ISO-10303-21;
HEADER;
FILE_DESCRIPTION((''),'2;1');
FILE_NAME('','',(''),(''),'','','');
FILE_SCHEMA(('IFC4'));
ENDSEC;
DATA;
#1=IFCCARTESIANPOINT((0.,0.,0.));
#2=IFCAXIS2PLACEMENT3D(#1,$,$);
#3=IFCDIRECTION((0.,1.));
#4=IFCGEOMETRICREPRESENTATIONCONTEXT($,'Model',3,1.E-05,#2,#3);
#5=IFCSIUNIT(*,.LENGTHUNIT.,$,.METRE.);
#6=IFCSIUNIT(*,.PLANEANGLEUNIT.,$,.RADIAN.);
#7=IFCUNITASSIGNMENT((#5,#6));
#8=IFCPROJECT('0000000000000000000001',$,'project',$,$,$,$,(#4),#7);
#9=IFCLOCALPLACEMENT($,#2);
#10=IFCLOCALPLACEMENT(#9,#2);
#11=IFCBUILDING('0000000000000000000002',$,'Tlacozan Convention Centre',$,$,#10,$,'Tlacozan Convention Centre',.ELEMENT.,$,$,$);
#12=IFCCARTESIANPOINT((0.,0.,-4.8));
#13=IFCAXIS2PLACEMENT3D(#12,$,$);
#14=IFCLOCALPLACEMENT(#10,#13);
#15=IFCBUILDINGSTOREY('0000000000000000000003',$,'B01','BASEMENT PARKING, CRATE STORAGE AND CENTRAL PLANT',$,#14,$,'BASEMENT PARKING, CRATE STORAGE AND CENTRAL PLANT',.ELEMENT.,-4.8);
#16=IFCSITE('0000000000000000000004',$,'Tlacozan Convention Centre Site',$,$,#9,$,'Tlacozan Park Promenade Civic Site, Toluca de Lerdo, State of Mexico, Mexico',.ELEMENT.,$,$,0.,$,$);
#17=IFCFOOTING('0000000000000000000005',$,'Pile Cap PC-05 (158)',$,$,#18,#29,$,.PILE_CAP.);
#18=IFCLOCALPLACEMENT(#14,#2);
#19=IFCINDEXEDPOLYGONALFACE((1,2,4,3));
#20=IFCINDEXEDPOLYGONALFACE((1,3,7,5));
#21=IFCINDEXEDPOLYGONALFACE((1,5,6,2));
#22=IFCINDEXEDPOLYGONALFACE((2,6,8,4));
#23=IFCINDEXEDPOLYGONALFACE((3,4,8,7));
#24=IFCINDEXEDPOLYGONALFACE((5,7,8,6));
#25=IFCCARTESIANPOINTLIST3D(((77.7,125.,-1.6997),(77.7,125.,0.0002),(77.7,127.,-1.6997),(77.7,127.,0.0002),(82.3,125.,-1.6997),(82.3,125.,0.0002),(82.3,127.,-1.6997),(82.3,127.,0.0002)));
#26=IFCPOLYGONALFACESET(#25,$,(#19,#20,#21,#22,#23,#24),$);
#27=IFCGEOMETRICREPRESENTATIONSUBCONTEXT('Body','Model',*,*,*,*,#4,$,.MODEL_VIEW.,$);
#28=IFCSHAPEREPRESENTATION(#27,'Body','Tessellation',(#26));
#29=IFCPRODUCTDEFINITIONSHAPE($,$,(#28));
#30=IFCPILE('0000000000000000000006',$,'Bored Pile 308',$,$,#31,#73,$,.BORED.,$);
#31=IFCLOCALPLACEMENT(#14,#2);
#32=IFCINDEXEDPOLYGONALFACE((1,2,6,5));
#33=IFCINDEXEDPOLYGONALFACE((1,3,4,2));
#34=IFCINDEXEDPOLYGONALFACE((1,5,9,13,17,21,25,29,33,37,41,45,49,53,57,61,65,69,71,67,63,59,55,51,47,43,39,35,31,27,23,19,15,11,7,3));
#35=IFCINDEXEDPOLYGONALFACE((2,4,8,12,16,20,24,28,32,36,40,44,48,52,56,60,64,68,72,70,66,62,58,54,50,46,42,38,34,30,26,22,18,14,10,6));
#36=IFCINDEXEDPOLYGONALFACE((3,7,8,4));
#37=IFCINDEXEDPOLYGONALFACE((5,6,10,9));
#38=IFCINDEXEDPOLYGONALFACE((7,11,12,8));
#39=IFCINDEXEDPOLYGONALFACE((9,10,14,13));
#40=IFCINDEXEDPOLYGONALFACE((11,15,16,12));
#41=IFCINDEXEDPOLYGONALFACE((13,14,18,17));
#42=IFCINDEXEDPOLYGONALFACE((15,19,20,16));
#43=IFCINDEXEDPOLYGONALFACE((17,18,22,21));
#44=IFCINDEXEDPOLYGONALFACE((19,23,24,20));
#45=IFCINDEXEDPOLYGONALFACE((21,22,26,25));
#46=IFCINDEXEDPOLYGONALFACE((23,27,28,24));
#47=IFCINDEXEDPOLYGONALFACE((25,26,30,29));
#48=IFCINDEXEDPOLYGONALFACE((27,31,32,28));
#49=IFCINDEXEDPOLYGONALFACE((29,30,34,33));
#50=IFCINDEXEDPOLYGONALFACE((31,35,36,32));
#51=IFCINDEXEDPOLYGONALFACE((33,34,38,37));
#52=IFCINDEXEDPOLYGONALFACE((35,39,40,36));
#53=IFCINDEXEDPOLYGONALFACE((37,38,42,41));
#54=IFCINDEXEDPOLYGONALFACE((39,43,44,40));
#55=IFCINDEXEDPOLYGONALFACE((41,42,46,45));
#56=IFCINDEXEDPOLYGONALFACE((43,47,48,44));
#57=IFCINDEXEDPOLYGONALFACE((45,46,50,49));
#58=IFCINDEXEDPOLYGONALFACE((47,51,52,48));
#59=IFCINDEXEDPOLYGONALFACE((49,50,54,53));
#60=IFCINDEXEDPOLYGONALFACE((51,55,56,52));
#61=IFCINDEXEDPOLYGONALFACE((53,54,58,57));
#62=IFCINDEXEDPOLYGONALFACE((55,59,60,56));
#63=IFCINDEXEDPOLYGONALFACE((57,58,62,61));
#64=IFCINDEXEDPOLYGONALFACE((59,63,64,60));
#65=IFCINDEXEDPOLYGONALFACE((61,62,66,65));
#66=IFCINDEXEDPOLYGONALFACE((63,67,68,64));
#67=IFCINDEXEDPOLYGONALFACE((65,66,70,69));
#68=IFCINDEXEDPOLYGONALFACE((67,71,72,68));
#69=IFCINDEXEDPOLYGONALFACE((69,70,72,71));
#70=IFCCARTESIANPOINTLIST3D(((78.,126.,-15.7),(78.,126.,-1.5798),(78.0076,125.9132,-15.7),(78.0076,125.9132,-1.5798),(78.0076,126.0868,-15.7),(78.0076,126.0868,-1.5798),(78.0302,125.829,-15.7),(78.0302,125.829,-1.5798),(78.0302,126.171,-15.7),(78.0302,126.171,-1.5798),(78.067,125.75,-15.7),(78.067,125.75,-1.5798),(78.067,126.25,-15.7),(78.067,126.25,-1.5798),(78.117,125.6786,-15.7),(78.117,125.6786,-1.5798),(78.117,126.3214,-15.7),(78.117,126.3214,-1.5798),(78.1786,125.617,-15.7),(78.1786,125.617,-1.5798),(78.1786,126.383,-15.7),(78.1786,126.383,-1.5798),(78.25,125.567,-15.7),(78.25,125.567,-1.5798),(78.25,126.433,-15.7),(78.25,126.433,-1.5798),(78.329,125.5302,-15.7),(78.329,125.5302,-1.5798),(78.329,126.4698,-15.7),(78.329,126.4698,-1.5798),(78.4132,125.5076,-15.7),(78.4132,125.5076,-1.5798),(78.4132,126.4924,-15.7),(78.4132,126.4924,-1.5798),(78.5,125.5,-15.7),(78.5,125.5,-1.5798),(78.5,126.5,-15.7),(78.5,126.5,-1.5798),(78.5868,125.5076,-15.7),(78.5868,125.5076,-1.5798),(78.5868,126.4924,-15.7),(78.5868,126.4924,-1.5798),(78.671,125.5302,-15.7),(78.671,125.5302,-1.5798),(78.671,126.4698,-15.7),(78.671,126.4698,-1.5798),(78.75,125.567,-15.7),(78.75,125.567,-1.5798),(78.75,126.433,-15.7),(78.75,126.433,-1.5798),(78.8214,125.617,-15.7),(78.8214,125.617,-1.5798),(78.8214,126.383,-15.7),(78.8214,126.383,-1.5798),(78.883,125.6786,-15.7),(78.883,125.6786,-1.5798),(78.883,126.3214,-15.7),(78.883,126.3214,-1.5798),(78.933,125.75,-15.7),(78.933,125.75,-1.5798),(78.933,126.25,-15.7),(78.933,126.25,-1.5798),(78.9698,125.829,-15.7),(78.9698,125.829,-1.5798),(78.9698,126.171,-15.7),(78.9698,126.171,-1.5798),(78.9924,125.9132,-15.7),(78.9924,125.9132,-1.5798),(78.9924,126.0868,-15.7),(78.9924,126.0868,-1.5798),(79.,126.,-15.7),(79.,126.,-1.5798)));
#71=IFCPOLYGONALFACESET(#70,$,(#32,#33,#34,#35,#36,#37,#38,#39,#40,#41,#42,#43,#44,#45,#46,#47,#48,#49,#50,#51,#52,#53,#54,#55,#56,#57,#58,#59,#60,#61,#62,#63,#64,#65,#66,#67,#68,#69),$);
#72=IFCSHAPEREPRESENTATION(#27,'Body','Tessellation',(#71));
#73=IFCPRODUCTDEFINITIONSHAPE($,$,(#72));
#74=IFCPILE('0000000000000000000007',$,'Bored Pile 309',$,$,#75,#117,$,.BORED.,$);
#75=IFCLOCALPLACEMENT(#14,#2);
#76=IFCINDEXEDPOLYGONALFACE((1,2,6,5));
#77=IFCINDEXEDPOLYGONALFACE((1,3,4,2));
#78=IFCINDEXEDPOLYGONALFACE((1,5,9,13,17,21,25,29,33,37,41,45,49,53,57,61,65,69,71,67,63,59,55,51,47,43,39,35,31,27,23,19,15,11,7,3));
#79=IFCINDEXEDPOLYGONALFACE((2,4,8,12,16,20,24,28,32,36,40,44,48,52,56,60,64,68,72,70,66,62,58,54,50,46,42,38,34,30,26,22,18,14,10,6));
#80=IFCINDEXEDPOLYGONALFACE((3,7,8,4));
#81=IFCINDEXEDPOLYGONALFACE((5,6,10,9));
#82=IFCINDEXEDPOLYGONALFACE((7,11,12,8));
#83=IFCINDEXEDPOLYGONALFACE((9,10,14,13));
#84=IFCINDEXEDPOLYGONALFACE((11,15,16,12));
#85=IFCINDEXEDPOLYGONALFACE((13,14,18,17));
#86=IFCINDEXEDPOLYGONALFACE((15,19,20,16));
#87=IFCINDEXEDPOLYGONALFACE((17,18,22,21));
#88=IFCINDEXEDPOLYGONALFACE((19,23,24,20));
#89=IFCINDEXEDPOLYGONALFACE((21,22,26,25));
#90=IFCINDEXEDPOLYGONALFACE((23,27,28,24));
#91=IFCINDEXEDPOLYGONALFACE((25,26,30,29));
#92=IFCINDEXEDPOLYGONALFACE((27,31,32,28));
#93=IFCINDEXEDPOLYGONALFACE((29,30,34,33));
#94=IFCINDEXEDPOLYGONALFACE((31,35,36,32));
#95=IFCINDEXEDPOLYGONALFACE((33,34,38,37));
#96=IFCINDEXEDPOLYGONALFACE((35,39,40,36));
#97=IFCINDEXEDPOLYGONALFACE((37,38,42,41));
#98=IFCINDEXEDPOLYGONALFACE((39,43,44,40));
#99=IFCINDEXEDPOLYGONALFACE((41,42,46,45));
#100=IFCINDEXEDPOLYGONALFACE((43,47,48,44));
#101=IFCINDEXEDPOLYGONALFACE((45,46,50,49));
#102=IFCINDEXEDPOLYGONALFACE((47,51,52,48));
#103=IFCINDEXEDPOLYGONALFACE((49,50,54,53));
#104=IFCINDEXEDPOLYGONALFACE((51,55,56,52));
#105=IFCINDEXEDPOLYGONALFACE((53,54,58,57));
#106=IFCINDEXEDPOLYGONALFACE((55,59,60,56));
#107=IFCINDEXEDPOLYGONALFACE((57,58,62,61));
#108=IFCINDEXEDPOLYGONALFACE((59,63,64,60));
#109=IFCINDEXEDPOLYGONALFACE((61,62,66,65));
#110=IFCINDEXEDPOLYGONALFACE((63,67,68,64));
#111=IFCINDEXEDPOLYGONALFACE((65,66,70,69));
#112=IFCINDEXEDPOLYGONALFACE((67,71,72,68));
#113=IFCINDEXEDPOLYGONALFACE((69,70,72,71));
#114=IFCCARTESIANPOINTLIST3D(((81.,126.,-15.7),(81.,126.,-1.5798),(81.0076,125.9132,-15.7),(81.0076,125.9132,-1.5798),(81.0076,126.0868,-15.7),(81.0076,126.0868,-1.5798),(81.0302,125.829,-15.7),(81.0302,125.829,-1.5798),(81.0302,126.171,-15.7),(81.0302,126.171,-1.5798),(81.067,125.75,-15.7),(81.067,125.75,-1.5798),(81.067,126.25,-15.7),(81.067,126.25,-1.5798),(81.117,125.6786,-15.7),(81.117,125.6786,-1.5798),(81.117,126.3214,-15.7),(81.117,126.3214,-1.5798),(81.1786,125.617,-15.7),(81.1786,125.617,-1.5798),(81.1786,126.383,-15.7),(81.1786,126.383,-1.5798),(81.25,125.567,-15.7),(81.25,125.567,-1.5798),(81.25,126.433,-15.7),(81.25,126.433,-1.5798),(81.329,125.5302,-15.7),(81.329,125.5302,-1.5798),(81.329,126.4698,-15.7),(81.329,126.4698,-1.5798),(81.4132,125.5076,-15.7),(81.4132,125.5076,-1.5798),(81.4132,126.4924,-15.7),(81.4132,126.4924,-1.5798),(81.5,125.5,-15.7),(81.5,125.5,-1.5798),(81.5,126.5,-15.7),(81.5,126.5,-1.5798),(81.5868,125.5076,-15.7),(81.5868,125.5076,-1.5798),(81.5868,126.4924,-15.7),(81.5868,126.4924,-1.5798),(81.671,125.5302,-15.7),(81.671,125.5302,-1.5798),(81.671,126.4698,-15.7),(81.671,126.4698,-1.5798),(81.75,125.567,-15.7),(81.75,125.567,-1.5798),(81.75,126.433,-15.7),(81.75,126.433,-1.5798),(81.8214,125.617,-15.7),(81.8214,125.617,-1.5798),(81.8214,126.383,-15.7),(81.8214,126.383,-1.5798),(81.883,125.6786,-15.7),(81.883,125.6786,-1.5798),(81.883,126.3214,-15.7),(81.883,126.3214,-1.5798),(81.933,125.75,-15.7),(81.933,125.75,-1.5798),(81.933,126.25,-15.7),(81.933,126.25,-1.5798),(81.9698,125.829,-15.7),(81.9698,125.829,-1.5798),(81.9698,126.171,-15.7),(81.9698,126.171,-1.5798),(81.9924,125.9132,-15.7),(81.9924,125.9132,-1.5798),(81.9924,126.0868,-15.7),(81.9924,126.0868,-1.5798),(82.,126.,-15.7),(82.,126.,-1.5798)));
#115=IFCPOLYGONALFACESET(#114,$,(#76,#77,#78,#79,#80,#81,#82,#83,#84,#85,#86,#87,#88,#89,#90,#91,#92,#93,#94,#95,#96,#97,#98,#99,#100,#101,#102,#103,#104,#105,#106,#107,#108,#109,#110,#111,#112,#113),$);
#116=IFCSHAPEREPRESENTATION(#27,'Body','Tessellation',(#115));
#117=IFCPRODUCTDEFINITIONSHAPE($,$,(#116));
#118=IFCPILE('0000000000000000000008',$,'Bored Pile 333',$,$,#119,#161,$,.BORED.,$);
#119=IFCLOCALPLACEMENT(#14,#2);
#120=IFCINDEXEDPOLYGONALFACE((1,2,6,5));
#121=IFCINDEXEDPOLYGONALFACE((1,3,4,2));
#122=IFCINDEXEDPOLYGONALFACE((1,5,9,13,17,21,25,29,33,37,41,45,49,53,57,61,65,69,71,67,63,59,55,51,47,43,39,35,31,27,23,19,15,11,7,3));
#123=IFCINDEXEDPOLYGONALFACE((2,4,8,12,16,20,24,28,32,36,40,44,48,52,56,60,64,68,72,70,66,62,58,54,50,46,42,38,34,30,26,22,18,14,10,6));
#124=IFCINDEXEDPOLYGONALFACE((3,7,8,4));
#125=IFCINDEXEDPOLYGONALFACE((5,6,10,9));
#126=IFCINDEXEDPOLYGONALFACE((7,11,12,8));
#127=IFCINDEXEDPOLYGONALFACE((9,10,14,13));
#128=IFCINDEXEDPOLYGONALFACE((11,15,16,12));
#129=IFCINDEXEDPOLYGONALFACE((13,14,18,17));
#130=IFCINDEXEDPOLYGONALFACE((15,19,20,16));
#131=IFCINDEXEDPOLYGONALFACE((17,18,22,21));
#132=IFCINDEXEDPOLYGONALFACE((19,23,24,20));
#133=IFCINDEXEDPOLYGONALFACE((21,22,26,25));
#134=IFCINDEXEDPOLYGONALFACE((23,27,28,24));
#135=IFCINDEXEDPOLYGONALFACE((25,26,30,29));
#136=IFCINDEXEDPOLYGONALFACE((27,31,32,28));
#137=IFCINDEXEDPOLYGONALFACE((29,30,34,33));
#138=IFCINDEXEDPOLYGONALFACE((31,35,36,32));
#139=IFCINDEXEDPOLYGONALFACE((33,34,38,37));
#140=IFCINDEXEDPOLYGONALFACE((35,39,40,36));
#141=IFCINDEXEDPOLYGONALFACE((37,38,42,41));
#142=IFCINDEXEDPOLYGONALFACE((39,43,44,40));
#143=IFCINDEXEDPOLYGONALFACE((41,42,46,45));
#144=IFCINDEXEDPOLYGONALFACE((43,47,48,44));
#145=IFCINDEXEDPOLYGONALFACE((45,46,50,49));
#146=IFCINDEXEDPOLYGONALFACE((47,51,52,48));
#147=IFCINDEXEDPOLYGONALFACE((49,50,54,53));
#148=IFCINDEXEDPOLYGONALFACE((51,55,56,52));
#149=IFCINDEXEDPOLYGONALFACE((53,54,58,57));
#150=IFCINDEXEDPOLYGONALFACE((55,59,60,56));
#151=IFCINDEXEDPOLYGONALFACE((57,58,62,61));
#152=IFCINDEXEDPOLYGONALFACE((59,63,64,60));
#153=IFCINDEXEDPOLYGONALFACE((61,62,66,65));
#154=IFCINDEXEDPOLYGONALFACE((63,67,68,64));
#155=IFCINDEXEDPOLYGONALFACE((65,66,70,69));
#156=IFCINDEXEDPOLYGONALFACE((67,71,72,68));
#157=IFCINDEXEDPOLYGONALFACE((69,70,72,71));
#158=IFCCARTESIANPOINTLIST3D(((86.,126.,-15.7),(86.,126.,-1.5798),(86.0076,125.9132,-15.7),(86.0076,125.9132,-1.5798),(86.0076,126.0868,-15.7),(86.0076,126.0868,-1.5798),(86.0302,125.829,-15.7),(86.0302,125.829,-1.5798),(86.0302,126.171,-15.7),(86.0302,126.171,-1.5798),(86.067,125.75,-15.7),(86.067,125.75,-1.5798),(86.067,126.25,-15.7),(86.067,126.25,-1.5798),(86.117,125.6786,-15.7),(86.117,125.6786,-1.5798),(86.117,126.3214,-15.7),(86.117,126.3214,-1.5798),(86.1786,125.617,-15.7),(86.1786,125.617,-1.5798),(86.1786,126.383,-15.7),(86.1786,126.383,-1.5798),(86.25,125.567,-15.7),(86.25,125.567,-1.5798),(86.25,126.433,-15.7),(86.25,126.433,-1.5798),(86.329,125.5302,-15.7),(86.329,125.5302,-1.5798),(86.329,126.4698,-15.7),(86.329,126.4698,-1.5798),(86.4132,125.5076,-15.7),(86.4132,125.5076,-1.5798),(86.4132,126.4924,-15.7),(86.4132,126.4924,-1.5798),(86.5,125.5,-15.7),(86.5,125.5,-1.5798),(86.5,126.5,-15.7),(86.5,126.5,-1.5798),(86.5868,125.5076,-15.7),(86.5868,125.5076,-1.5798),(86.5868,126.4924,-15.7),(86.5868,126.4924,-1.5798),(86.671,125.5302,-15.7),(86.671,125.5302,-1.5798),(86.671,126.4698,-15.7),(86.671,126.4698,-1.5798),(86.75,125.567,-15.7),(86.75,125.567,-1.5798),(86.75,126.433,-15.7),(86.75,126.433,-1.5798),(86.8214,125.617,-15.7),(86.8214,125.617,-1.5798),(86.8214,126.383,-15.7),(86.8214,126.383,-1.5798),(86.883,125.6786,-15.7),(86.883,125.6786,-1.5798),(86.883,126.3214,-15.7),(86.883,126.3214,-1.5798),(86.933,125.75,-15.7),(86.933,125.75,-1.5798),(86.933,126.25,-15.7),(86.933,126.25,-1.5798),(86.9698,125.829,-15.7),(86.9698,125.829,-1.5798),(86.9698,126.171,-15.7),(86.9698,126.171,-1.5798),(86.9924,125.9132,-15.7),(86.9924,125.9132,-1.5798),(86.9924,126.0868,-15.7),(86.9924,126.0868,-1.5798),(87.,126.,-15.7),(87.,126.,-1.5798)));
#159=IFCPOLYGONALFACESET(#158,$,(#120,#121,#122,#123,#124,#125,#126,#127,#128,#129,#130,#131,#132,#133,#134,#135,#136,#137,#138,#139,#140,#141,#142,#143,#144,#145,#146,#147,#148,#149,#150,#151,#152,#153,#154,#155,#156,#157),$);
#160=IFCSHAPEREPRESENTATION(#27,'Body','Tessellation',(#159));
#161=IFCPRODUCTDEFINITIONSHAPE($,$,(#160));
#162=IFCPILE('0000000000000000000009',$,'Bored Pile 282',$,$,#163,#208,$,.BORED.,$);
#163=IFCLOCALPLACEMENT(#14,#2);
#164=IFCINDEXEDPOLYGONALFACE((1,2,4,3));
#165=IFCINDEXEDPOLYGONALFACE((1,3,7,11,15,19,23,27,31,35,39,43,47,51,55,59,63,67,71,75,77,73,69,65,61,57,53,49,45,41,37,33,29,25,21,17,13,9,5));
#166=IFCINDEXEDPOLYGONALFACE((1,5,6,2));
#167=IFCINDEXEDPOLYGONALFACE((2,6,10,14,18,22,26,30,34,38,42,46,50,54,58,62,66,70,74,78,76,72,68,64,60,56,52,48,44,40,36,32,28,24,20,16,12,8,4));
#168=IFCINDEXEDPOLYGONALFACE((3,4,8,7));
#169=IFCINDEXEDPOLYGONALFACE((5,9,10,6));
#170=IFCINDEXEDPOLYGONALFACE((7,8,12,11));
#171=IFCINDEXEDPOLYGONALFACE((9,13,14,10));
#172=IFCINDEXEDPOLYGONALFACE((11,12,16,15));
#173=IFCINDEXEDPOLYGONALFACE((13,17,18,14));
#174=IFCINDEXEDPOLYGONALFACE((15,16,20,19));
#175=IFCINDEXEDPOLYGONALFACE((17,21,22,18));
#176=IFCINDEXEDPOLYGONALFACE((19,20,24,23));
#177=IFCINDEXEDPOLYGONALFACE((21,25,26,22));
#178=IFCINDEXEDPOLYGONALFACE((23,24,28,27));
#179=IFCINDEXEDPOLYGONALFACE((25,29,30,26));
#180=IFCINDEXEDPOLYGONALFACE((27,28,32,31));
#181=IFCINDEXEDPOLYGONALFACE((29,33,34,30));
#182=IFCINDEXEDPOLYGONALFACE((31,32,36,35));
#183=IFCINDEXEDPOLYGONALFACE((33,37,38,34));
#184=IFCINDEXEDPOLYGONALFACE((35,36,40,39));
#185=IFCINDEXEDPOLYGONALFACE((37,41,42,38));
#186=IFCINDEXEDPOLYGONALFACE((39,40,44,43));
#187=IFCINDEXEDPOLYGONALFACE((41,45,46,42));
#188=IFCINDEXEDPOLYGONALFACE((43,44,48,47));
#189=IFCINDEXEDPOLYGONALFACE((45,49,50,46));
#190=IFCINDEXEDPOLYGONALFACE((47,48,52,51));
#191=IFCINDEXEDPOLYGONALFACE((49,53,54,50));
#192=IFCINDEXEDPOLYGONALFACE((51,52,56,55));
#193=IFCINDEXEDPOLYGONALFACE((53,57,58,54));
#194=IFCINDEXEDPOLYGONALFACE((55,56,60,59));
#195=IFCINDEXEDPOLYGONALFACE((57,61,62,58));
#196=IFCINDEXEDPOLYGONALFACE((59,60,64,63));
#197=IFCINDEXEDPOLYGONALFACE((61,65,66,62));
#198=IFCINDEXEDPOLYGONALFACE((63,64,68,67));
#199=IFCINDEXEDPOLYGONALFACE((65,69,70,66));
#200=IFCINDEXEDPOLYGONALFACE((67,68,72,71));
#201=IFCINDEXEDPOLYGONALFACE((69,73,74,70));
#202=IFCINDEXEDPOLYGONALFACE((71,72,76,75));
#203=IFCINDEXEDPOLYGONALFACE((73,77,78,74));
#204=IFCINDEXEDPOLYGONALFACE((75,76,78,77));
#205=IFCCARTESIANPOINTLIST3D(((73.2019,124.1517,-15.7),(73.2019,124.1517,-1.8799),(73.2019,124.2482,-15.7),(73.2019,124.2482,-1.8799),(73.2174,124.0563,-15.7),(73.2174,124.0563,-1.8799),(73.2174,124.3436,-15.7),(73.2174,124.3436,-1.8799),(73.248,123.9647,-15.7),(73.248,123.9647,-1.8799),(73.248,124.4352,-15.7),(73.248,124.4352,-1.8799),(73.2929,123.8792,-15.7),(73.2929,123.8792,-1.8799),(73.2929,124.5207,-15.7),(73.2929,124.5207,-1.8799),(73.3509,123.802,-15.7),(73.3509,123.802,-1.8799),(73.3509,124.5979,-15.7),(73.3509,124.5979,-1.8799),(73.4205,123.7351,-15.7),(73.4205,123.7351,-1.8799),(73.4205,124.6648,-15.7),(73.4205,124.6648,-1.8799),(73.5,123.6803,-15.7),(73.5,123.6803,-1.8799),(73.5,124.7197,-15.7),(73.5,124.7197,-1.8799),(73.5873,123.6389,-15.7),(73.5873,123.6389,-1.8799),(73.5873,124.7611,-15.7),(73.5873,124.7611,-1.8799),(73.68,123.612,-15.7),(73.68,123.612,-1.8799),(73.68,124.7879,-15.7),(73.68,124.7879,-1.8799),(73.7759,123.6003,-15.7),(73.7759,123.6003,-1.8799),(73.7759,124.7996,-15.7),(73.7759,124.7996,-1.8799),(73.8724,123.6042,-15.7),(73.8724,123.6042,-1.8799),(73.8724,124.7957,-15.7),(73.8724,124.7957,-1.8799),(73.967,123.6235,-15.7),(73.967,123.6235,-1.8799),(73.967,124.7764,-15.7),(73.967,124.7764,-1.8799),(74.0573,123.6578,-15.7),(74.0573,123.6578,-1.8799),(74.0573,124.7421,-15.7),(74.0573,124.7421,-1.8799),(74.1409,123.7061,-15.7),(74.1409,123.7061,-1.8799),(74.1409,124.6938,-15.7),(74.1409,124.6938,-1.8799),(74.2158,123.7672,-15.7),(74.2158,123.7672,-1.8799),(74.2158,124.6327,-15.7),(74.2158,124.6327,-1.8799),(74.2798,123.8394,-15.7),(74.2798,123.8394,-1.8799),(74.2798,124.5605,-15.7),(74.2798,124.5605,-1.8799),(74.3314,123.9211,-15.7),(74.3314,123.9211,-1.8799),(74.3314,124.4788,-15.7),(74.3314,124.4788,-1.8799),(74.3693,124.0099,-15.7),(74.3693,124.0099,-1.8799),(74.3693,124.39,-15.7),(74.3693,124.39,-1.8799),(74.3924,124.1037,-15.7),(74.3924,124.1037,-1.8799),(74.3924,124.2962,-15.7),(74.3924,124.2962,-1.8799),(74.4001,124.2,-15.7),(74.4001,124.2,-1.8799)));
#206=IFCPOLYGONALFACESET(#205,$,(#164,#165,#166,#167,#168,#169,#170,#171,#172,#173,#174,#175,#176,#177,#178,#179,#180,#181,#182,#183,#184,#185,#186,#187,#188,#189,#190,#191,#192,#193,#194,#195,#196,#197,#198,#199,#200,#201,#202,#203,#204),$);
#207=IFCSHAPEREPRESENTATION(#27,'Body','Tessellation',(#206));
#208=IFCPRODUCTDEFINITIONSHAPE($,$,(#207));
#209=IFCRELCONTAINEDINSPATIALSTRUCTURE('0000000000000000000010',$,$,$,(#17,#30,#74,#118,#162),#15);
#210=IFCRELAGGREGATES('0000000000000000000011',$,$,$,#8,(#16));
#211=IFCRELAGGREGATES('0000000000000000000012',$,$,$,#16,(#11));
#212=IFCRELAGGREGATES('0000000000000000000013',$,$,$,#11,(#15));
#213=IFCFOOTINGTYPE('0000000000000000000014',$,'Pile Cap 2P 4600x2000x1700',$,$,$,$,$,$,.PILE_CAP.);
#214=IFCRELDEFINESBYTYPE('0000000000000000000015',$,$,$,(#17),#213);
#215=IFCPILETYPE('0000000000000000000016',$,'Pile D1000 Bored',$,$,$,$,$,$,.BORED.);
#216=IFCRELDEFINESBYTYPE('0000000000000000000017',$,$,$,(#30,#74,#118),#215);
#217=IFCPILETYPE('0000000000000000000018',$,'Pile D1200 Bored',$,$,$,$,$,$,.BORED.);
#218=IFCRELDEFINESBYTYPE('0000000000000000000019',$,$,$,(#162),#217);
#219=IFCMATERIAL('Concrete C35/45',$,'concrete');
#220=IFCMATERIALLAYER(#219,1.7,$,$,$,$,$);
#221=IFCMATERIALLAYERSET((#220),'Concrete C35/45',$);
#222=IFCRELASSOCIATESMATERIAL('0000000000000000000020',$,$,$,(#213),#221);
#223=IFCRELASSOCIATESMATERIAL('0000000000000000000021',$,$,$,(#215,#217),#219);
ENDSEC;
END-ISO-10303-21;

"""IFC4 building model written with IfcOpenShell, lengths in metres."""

from ifc_helpers import new_model, si_unit, direction, frame, origin, origin_2d, place, context, subcontext, project, spatial, rectangle, circle, extrude, material, layer, layer_set, material_profile, profile_set, type_object, element, save


model = new_model("IFC4")

# Units and contexts
model_context = context("Model", 3, precision=1e-05, world=origin(), true_north=direction((0.0, 1.0)))
body_context = subcontext(model_context, "Body", "Model", "MODEL_VIEW")
ifc_project = project(units=[si_unit("LENGTHUNIT", "METRE"), si_unit("PLANEANGLEUNIT", "RADIAN")], contexts=[model_context])

# Site, building, storey
site_placement = place(None, origin())
site = spatial("IfcSite", under=ifc_project, at=site_placement, Name="Tlacozan Convention Centre Site", LongName="Tlacozan Park Promenade Civic Site, Toluca de Lerdo, State of Mexico, Mexico", CompositionType="ELEMENT", RefElevation=0.0)
building_placement = place(site_placement, origin())
building = spatial("IfcBuilding", under=site, at=building_placement, Name="Tlacozan Convention Centre", LongName="Tlacozan Convention Centre", CompositionType="ELEMENT")
storey_placement = place(building_placement, frame((0.0, 0.0, -4.8)))
storey = spatial("IfcBuildingStorey", under=building, at=storey_placement, Name="B01", Description="BASEMENT PARKING, CRATE STORAGE AND CENTRAL PLANT", LongName="BASEMENT PARKING, CRATE STORAGE AND CENTRAL PLANT", CompositionType="ELEMENT", Elevation=-4.8)

# Footing
ifc_material_1 = material(Name="Concrete C35/45", Category="concrete")
ifc_layer_1 = layer(ifc_material_1, 1.7)
ifc_layer_set_1 = layer_set([ifc_layer_1], Name="Concrete C35/45")
footing_type = type_object("IfcFootingType", Name="Pile Cap 2P 4600x2000x1700", PredefinedType="PILE_CAP", material=ifc_layer_set_1)
footing_placement = place(storey_placement, frame((80.0, 126.0, -1.6997), z_axis=(0.0, 0.0, 1.0), x_axis=(1.0, 0.0, 0.0)))
element("IfcFooting", 1, at=footing_placement, inside=storey, type_object=footing_type, Name="Pile Cap PC-05 (158)", PredefinedType="PILE_CAP", context=body_context, shape_type="SweptSolid", body=[
    extrude(rectangle(XDim=4.6001, YDim=2.0, at=origin_2d()), origin(), (0.0, 0.0, 1.0), 1.7),
])

# Piles
ifc_material_profile_1 = material_profile(ifc_material_1, circle(Radius=0.5, at=origin_2d()), Name="PILE D1000")
ifc_profile_set_1 = profile_set([ifc_material_profile_1], Name="Concrete C35/45")
pile_type_1 = type_object("IfcPileType", Name="Pile D1000 Bored", PredefinedType="BORED", material=ifc_profile_set_1)
for number, where, z_axis, x_axis, name in (
    (2, (78.5, 126.0, -1.5798), (0.0, 0.0, -1.0), (1.0, 0.0, 0.0), "Bored Pile 308"),
    (3, (81.5, 126.0, -1.5798), (0.0, 0.0, -1.0), (1.0, 0.0, 0.0), "Bored Pile 309"),
    (4, (86.5, 126.0, -1.5798), (0.0, 0.0, -1.0), (1.0, 0.0, 0.0), "Bored Pile 333"),
):
    element("IfcPile", number, at=place(storey_placement, frame(where, z_axis=z_axis, x_axis=x_axis)), inside=storey, type_object=pile_type_1, Name=name, PredefinedType="BORED", context=body_context, shape_type="SweptSolid", body=[
        extrude(circle(Radius=0.5, at=origin_2d()), origin(), (0.0, 0.0, 1.0), 14.1201),
    ])
ifc_material_profile_2 = material_profile(ifc_material_1, circle(Radius=0.6001, at=origin_2d()), Name="PILE D1200")
ifc_profile_set_2 = profile_set([ifc_material_profile_2], Name="Concrete C35/45")
pile_type_2 = type_object("IfcPileType", Name="Pile D1200 Bored", PredefinedType="BORED", material=ifc_profile_set_2)
for number, where, z_axis, x_axis, name in (
    (5, (73.8, 124.2, -1.8799), (0.0, 0.0, -1.0), (1.0, 0.0, 0.0), "Bored Pile 282"),
):
    element("IfcPile", number, at=place(storey_placement, frame(where, z_axis=z_axis, x_axis=x_axis)), inside=storey, type_object=pile_type_2, Name=name, PredefinedType="BORED", context=body_context, shape_type="SweptSolid", body=[
        extrude(circle(Radius=0.6001, at=origin_2d()), origin(), (0.0, 0.0, 1.0), 13.8201),
    ])

save(model, "model.ifc")
